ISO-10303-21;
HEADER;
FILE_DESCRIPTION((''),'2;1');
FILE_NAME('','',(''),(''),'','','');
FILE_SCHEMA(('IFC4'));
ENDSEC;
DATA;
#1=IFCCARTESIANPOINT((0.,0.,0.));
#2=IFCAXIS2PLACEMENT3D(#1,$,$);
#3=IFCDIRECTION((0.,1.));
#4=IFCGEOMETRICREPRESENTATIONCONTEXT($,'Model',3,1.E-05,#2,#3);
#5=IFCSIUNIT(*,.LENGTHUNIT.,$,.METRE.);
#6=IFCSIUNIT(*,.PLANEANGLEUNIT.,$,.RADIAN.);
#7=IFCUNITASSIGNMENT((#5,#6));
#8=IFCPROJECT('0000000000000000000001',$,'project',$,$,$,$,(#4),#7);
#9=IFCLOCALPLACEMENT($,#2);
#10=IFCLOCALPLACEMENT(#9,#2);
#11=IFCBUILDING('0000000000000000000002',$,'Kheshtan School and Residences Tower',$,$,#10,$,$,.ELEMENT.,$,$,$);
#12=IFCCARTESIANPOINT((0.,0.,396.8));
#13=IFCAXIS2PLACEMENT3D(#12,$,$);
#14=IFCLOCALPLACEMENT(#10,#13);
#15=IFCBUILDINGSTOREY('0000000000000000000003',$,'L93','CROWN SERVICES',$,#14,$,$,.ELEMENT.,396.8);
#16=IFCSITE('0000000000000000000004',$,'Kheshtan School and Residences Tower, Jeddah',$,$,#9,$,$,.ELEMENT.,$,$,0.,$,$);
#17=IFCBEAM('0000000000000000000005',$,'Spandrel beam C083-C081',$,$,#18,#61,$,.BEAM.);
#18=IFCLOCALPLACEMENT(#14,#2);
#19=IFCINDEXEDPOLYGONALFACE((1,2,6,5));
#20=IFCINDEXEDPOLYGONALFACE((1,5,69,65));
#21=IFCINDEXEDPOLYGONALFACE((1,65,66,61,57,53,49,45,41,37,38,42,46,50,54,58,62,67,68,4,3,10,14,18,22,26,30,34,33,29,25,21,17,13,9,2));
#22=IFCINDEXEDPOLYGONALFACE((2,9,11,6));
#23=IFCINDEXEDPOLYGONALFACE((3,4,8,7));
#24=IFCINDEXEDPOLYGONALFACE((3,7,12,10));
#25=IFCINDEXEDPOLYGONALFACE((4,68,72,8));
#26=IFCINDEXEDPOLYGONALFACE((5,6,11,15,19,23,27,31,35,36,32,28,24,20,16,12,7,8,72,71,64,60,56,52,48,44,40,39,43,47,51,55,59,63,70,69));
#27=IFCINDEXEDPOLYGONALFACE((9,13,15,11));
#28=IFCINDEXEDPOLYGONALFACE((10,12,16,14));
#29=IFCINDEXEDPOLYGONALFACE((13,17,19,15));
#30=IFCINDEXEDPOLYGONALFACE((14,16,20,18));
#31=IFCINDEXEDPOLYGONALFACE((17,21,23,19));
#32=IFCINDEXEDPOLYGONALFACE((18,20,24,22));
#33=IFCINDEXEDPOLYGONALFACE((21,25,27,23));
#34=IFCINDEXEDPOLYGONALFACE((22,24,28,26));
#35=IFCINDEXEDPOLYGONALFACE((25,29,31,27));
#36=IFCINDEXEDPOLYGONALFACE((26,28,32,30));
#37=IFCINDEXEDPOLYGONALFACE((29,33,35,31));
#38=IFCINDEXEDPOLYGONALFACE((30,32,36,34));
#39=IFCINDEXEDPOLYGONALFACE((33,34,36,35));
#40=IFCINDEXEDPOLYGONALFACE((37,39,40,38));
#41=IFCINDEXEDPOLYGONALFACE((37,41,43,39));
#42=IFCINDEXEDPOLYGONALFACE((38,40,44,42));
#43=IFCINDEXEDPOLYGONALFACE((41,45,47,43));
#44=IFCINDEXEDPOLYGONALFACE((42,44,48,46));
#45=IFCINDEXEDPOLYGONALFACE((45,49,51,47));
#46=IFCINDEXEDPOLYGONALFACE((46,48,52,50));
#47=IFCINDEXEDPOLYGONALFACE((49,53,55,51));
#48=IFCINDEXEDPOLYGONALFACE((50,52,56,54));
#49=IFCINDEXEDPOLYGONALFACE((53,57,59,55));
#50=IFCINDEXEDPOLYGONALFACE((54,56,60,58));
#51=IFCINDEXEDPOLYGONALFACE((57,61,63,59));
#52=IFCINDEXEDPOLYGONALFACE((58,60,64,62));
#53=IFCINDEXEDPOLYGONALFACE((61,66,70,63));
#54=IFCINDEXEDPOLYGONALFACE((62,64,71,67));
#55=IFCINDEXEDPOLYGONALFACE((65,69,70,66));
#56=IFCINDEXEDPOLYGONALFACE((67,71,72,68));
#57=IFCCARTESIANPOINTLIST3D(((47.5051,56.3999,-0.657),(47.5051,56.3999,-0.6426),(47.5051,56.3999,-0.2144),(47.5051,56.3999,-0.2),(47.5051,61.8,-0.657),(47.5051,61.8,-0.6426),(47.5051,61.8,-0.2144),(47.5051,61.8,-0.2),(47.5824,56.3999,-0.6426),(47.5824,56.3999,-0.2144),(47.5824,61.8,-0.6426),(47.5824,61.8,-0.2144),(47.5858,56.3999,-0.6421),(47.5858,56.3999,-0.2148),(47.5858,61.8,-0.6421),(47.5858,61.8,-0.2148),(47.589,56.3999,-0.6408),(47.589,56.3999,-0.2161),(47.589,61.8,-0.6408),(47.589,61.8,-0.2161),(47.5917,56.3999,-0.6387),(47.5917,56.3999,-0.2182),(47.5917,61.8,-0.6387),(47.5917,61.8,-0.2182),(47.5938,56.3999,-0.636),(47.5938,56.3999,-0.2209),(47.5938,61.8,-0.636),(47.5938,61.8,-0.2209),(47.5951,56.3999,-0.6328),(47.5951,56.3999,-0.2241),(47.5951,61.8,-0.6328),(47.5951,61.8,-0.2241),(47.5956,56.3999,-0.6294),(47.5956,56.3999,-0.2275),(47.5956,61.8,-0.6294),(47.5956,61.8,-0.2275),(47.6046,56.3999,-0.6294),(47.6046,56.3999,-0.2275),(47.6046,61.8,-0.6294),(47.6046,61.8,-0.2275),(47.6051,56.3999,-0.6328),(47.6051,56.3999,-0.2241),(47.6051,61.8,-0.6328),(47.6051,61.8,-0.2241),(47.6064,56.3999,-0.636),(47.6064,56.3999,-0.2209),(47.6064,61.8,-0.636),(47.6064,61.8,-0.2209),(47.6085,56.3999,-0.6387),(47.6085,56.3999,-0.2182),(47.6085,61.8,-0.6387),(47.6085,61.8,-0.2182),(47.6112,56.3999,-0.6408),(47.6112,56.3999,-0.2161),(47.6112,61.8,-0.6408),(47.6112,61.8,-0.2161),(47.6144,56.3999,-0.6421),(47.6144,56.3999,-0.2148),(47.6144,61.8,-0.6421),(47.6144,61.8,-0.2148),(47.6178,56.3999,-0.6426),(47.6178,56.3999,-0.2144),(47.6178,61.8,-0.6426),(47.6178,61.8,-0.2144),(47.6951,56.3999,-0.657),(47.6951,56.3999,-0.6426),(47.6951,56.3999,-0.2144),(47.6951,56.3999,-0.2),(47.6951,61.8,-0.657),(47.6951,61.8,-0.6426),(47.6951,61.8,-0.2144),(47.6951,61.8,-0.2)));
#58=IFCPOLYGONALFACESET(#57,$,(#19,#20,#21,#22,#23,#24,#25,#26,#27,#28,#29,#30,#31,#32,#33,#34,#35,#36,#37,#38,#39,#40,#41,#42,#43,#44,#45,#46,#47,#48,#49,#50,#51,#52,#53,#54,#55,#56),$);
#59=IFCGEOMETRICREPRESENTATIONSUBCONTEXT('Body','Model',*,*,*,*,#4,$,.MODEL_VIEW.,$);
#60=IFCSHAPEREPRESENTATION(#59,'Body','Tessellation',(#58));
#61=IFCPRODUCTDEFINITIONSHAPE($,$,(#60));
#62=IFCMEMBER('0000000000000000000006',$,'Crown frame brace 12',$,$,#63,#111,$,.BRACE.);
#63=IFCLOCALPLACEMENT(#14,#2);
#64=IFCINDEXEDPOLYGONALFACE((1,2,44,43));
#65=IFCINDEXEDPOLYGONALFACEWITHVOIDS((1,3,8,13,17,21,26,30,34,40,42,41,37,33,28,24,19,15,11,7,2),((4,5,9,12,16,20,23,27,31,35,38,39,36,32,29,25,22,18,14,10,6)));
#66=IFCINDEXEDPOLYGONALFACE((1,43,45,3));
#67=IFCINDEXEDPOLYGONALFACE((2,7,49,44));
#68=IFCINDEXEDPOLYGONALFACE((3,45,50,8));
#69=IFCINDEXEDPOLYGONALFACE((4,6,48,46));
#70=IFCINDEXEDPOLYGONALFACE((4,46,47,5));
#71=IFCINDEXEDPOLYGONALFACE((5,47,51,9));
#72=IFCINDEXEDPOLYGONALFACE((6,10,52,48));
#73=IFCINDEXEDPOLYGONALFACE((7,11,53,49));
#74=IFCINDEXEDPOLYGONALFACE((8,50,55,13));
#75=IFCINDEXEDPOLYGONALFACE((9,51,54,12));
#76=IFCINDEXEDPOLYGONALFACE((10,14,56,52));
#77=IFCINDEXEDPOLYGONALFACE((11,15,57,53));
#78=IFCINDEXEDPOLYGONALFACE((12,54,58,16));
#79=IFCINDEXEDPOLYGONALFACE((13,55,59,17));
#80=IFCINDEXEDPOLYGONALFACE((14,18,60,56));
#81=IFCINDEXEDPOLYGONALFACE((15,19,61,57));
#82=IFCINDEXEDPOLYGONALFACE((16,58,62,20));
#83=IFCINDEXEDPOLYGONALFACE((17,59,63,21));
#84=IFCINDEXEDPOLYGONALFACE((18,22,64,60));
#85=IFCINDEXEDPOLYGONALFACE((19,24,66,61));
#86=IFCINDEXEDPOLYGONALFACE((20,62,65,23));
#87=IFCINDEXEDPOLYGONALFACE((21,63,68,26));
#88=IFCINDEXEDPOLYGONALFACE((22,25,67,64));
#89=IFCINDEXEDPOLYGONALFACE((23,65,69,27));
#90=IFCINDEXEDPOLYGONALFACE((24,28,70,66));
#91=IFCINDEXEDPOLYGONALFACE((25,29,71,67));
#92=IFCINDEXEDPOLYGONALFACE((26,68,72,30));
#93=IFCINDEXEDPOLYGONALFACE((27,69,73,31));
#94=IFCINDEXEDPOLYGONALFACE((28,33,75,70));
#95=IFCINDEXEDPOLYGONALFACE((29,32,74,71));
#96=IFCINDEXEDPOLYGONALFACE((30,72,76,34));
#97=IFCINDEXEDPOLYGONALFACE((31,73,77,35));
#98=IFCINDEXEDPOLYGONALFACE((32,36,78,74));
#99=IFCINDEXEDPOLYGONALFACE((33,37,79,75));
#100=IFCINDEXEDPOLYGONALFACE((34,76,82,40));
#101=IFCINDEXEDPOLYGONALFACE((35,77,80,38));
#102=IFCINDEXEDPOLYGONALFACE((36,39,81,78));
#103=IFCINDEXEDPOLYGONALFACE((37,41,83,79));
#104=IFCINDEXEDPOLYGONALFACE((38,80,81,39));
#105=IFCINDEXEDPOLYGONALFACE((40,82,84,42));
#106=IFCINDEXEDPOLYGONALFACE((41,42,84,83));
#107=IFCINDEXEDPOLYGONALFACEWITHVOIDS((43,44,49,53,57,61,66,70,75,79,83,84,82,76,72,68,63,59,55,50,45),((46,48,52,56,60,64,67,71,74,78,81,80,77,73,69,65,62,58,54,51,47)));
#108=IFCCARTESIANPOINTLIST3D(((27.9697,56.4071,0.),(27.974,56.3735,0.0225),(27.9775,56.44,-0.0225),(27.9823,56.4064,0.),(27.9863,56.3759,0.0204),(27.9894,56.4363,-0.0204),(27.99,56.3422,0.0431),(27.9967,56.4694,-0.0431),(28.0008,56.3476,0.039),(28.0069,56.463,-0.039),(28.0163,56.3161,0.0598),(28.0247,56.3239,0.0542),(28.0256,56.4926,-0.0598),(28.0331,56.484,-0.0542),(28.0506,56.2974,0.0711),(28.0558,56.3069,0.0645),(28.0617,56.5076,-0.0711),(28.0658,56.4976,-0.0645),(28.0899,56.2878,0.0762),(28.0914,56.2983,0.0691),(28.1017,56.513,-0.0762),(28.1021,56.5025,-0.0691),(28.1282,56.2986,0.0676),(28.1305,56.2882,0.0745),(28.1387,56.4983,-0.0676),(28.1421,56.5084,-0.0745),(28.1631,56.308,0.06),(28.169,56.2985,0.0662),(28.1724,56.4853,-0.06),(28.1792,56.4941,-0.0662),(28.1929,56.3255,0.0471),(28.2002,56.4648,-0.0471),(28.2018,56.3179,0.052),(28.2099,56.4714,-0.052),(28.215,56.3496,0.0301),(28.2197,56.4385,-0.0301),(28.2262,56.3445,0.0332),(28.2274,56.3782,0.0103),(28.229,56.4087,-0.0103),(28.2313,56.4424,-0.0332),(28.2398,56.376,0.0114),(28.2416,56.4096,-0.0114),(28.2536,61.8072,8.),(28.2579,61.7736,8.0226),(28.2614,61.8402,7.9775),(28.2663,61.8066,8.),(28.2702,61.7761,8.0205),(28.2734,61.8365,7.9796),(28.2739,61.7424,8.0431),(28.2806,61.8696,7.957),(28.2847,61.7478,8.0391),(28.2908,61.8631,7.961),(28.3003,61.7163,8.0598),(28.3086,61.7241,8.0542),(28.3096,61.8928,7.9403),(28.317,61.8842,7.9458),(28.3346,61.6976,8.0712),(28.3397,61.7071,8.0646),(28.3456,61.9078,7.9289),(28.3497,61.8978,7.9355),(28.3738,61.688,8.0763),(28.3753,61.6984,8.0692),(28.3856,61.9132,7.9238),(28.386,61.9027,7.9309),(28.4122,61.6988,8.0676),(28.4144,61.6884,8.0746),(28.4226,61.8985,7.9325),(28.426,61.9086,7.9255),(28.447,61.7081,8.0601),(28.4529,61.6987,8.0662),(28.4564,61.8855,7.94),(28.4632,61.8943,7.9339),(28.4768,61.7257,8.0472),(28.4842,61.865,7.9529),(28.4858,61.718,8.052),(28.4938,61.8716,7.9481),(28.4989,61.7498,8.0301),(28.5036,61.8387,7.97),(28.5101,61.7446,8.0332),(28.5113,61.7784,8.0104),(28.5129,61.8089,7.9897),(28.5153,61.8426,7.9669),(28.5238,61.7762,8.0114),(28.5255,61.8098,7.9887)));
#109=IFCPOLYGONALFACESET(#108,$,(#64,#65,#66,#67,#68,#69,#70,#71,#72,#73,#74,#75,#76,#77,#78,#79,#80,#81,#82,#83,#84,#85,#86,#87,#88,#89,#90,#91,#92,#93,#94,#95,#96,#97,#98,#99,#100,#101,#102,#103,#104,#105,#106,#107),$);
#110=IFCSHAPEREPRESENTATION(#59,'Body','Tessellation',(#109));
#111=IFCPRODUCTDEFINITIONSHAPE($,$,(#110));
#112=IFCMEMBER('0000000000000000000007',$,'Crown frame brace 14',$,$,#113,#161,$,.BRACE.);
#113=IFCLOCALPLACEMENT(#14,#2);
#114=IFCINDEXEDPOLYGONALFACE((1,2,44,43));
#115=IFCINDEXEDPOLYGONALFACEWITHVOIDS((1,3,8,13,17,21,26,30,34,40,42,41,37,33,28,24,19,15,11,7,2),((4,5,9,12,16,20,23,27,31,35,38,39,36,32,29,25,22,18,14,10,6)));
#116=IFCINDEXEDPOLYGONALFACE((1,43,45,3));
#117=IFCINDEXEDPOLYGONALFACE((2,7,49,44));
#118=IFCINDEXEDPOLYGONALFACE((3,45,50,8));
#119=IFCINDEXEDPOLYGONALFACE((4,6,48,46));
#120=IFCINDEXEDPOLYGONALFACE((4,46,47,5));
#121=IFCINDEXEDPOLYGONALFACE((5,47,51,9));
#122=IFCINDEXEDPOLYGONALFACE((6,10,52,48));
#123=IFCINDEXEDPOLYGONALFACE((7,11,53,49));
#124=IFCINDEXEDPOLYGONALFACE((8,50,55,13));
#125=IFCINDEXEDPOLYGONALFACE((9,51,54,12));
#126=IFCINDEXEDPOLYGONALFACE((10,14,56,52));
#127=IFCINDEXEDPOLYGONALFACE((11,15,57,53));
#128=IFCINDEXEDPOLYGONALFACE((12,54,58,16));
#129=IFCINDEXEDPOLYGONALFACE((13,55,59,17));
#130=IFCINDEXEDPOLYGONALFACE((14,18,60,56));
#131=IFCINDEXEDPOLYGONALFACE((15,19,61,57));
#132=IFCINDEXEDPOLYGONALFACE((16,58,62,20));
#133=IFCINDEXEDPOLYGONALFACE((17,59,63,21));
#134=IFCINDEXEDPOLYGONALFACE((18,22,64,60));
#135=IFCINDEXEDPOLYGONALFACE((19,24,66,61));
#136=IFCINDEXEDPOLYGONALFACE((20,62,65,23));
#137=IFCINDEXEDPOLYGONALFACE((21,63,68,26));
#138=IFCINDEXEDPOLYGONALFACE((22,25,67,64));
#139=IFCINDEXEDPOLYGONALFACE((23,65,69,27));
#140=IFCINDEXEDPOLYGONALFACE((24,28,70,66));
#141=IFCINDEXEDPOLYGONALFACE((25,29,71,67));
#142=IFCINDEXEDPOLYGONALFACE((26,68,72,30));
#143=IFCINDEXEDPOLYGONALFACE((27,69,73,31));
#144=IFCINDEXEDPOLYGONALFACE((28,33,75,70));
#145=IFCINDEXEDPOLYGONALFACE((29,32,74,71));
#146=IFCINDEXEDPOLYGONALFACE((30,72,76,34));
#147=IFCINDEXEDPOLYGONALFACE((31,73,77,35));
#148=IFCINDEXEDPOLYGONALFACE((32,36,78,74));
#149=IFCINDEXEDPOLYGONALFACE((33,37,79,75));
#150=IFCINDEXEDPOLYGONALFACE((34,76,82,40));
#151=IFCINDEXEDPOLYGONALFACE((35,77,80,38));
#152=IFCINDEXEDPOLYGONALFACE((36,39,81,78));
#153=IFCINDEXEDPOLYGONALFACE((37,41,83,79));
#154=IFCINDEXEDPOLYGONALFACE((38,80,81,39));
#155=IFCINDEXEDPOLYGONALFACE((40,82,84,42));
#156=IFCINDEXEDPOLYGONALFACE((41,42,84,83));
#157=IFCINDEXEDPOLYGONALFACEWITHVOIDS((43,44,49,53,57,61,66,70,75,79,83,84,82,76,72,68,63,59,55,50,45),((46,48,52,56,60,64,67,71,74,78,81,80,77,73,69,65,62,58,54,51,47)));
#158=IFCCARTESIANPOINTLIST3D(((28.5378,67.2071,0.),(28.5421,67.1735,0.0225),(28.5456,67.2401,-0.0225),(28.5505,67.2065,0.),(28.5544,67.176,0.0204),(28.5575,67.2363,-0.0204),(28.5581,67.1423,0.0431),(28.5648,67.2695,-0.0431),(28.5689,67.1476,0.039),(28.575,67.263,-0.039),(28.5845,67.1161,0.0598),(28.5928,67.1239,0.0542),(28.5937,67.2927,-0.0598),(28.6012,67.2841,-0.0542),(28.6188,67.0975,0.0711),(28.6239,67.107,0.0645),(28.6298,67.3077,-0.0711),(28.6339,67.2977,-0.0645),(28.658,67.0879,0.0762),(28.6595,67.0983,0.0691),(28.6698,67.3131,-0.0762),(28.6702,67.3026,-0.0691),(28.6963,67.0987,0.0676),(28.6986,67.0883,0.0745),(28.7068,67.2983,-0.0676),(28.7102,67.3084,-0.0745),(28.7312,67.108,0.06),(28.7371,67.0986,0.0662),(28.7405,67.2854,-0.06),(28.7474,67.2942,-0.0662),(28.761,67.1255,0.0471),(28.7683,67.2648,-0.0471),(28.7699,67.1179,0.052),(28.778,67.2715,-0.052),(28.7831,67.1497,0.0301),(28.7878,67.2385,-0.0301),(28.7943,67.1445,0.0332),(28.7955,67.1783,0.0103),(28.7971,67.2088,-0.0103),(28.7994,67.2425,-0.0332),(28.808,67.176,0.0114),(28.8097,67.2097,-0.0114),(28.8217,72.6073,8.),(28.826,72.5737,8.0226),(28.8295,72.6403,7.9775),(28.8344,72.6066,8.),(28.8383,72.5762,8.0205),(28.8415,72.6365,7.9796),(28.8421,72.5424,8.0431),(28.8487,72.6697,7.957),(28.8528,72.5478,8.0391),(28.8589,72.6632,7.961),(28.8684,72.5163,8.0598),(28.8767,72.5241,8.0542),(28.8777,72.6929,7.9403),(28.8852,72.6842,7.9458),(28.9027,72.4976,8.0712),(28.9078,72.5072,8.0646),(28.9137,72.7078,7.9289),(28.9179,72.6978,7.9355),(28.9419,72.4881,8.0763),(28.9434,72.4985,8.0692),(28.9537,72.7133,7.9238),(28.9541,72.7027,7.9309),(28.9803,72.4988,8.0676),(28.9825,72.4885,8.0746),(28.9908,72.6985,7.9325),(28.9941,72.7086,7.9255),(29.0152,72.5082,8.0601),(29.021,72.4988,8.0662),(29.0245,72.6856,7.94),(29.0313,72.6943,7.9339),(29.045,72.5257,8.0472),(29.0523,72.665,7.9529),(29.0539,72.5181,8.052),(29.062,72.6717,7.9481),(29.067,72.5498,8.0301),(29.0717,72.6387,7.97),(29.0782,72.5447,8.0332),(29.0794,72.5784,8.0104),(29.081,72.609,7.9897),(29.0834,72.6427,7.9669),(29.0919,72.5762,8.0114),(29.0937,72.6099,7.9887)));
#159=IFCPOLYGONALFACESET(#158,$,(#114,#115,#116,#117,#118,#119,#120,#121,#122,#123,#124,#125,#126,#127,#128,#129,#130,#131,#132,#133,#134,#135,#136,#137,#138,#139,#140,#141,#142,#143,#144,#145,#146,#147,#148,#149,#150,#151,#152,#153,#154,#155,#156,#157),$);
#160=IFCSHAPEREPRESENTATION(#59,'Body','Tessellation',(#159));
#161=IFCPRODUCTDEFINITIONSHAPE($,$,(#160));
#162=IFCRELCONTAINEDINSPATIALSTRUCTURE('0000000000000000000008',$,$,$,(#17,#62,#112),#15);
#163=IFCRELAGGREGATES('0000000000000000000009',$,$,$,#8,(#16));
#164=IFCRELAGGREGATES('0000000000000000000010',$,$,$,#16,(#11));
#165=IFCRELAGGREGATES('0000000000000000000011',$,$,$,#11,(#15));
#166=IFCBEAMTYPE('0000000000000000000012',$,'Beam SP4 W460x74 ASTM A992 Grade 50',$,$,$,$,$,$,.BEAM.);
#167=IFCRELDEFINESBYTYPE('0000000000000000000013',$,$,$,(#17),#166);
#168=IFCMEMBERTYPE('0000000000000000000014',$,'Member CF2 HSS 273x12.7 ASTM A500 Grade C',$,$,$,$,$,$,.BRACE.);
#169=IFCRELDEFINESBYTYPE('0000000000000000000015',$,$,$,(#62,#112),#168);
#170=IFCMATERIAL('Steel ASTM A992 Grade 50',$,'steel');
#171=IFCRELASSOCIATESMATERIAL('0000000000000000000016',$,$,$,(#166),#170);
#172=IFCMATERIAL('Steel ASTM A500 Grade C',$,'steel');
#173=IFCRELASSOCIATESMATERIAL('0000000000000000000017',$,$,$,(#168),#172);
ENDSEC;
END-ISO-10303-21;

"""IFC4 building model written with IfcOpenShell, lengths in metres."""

from ifc_helpers import new_model, si_unit, direction, frame, origin, origin_2d, place, context, subcontext, project, spatial, hollow_circle, i_section, extrude, material, material_profile, profile_set, type_object, element, save


model = new_model("IFC4")

# Units and contexts
model_context = context("Model", 3, precision=1e-05, world=origin(), true_north=direction((0.0, 1.0)))
body_context = subcontext(model_context, "Body", "Model", "MODEL_VIEW")
ifc_project = project(units=[si_unit("LENGTHUNIT", "METRE"), si_unit("PLANEANGLEUNIT", "RADIAN")], contexts=[model_context])

# Site, building, storey
site_placement = place(None, origin())
site = spatial("IfcSite", under=ifc_project, at=site_placement, Name="Kheshtan School and Residences Tower, Jeddah", CompositionType="ELEMENT", RefElevation=0.0)
building_placement = place(site_placement, origin())
building = spatial("IfcBuilding", under=site, at=building_placement, Name="Kheshtan School and Residences Tower", CompositionType="ELEMENT")
storey_placement = place(building_placement, frame((0.0, 0.0, 396.8)))
storey = spatial("IfcBuildingStorey", under=building, at=storey_placement, Name="L93", Description="CROWN SERVICES", CompositionType="ELEMENT", Elevation=396.8)

# Shared definitions
ifc_material_1 = material(Name="Steel ASTM A500 Grade C", Category="steel")

# Beam
ifc_material_2 = material(Name="Steel ASTM A992 Grade 50", Category="steel")
ifc_material_profile_1 = material_profile(ifc_material_2, i_section(OverallWidth=0.1899, OverallDepth=0.457, WebThickness=0.009, FlangeThickness=0.0144, FilletRadius=0.0132, at=origin_2d()), Name="W460x74")
ifc_profile_set_1 = profile_set([ifc_material_profile_1], Name="Steel ASTM A992 Grade 50")
beam_type = type_object("IfcBeamType", Name="Beam SP4 W460x74 ASTM A992 Grade 50", PredefinedType="BEAM", material=ifc_profile_set_1)
beam_1_placement = place(storey_placement, frame((47.6001, 61.8, -0.4285), z_axis=(0.0, -1.0, 0.0), x_axis=(1.0, 0.0, 0.0)))
element("IfcBeam", 1, at=beam_1_placement, inside=storey, type_object=beam_type, Name="Spandrel beam C083-C081", PredefinedType="BEAM", context=body_context, shape_type="SweptSolid", body=[
    extrude(i_section(OverallWidth=0.1899, OverallDepth=0.457, WebThickness=0.009, FlangeThickness=0.0144, FilletRadius=0.0132, at=origin_2d()), origin(), (0.0, 0.0, 1.0), 5.4001),
])

# Members
ifc_material_profile_2 = material_profile(ifc_material_1, hollow_circle(Radius=0.1365, WallThickness=0.0127, at=origin_2d()), Name="HSS 273x12.7")
ifc_profile_set_2 = profile_set([ifc_material_profile_2], Name="Steel ASTM A500 Grade C")
member_type = type_object("IfcMemberType", Name="Member CF2 HSS 273x12.7 ASTM A500 Grade C", PredefinedType="BRACE", material=ifc_profile_set_2)
for number, where, z_axis, x_axis, name in (
    (2, (28.106, 56.3999, 0.0), (0.029404, 0.559241, 0.828483), (-0.998621, 0.052507, 0.0), "Crown frame brace 12"),
    (3, (28.6741, 67.2, 0.0), (0.029404, 0.559241, 0.828483), (-0.998621, 0.052507, 0.0), "Crown frame brace 14"),
):
    element("IfcMember", number, at=place(storey_placement, frame(where, z_axis=z_axis, x_axis=x_axis)), inside=storey, type_object=member_type, Name=name, PredefinedType="BRACE", context=body_context, shape_type="SweptSolid", body=[
        extrude(hollow_circle(Radius=0.1365, WallThickness=0.0127, at=origin_2d()), origin(), (0.0, 0.0, 1.0), 9.6562),
    ])

save(model, "model.ifc")
